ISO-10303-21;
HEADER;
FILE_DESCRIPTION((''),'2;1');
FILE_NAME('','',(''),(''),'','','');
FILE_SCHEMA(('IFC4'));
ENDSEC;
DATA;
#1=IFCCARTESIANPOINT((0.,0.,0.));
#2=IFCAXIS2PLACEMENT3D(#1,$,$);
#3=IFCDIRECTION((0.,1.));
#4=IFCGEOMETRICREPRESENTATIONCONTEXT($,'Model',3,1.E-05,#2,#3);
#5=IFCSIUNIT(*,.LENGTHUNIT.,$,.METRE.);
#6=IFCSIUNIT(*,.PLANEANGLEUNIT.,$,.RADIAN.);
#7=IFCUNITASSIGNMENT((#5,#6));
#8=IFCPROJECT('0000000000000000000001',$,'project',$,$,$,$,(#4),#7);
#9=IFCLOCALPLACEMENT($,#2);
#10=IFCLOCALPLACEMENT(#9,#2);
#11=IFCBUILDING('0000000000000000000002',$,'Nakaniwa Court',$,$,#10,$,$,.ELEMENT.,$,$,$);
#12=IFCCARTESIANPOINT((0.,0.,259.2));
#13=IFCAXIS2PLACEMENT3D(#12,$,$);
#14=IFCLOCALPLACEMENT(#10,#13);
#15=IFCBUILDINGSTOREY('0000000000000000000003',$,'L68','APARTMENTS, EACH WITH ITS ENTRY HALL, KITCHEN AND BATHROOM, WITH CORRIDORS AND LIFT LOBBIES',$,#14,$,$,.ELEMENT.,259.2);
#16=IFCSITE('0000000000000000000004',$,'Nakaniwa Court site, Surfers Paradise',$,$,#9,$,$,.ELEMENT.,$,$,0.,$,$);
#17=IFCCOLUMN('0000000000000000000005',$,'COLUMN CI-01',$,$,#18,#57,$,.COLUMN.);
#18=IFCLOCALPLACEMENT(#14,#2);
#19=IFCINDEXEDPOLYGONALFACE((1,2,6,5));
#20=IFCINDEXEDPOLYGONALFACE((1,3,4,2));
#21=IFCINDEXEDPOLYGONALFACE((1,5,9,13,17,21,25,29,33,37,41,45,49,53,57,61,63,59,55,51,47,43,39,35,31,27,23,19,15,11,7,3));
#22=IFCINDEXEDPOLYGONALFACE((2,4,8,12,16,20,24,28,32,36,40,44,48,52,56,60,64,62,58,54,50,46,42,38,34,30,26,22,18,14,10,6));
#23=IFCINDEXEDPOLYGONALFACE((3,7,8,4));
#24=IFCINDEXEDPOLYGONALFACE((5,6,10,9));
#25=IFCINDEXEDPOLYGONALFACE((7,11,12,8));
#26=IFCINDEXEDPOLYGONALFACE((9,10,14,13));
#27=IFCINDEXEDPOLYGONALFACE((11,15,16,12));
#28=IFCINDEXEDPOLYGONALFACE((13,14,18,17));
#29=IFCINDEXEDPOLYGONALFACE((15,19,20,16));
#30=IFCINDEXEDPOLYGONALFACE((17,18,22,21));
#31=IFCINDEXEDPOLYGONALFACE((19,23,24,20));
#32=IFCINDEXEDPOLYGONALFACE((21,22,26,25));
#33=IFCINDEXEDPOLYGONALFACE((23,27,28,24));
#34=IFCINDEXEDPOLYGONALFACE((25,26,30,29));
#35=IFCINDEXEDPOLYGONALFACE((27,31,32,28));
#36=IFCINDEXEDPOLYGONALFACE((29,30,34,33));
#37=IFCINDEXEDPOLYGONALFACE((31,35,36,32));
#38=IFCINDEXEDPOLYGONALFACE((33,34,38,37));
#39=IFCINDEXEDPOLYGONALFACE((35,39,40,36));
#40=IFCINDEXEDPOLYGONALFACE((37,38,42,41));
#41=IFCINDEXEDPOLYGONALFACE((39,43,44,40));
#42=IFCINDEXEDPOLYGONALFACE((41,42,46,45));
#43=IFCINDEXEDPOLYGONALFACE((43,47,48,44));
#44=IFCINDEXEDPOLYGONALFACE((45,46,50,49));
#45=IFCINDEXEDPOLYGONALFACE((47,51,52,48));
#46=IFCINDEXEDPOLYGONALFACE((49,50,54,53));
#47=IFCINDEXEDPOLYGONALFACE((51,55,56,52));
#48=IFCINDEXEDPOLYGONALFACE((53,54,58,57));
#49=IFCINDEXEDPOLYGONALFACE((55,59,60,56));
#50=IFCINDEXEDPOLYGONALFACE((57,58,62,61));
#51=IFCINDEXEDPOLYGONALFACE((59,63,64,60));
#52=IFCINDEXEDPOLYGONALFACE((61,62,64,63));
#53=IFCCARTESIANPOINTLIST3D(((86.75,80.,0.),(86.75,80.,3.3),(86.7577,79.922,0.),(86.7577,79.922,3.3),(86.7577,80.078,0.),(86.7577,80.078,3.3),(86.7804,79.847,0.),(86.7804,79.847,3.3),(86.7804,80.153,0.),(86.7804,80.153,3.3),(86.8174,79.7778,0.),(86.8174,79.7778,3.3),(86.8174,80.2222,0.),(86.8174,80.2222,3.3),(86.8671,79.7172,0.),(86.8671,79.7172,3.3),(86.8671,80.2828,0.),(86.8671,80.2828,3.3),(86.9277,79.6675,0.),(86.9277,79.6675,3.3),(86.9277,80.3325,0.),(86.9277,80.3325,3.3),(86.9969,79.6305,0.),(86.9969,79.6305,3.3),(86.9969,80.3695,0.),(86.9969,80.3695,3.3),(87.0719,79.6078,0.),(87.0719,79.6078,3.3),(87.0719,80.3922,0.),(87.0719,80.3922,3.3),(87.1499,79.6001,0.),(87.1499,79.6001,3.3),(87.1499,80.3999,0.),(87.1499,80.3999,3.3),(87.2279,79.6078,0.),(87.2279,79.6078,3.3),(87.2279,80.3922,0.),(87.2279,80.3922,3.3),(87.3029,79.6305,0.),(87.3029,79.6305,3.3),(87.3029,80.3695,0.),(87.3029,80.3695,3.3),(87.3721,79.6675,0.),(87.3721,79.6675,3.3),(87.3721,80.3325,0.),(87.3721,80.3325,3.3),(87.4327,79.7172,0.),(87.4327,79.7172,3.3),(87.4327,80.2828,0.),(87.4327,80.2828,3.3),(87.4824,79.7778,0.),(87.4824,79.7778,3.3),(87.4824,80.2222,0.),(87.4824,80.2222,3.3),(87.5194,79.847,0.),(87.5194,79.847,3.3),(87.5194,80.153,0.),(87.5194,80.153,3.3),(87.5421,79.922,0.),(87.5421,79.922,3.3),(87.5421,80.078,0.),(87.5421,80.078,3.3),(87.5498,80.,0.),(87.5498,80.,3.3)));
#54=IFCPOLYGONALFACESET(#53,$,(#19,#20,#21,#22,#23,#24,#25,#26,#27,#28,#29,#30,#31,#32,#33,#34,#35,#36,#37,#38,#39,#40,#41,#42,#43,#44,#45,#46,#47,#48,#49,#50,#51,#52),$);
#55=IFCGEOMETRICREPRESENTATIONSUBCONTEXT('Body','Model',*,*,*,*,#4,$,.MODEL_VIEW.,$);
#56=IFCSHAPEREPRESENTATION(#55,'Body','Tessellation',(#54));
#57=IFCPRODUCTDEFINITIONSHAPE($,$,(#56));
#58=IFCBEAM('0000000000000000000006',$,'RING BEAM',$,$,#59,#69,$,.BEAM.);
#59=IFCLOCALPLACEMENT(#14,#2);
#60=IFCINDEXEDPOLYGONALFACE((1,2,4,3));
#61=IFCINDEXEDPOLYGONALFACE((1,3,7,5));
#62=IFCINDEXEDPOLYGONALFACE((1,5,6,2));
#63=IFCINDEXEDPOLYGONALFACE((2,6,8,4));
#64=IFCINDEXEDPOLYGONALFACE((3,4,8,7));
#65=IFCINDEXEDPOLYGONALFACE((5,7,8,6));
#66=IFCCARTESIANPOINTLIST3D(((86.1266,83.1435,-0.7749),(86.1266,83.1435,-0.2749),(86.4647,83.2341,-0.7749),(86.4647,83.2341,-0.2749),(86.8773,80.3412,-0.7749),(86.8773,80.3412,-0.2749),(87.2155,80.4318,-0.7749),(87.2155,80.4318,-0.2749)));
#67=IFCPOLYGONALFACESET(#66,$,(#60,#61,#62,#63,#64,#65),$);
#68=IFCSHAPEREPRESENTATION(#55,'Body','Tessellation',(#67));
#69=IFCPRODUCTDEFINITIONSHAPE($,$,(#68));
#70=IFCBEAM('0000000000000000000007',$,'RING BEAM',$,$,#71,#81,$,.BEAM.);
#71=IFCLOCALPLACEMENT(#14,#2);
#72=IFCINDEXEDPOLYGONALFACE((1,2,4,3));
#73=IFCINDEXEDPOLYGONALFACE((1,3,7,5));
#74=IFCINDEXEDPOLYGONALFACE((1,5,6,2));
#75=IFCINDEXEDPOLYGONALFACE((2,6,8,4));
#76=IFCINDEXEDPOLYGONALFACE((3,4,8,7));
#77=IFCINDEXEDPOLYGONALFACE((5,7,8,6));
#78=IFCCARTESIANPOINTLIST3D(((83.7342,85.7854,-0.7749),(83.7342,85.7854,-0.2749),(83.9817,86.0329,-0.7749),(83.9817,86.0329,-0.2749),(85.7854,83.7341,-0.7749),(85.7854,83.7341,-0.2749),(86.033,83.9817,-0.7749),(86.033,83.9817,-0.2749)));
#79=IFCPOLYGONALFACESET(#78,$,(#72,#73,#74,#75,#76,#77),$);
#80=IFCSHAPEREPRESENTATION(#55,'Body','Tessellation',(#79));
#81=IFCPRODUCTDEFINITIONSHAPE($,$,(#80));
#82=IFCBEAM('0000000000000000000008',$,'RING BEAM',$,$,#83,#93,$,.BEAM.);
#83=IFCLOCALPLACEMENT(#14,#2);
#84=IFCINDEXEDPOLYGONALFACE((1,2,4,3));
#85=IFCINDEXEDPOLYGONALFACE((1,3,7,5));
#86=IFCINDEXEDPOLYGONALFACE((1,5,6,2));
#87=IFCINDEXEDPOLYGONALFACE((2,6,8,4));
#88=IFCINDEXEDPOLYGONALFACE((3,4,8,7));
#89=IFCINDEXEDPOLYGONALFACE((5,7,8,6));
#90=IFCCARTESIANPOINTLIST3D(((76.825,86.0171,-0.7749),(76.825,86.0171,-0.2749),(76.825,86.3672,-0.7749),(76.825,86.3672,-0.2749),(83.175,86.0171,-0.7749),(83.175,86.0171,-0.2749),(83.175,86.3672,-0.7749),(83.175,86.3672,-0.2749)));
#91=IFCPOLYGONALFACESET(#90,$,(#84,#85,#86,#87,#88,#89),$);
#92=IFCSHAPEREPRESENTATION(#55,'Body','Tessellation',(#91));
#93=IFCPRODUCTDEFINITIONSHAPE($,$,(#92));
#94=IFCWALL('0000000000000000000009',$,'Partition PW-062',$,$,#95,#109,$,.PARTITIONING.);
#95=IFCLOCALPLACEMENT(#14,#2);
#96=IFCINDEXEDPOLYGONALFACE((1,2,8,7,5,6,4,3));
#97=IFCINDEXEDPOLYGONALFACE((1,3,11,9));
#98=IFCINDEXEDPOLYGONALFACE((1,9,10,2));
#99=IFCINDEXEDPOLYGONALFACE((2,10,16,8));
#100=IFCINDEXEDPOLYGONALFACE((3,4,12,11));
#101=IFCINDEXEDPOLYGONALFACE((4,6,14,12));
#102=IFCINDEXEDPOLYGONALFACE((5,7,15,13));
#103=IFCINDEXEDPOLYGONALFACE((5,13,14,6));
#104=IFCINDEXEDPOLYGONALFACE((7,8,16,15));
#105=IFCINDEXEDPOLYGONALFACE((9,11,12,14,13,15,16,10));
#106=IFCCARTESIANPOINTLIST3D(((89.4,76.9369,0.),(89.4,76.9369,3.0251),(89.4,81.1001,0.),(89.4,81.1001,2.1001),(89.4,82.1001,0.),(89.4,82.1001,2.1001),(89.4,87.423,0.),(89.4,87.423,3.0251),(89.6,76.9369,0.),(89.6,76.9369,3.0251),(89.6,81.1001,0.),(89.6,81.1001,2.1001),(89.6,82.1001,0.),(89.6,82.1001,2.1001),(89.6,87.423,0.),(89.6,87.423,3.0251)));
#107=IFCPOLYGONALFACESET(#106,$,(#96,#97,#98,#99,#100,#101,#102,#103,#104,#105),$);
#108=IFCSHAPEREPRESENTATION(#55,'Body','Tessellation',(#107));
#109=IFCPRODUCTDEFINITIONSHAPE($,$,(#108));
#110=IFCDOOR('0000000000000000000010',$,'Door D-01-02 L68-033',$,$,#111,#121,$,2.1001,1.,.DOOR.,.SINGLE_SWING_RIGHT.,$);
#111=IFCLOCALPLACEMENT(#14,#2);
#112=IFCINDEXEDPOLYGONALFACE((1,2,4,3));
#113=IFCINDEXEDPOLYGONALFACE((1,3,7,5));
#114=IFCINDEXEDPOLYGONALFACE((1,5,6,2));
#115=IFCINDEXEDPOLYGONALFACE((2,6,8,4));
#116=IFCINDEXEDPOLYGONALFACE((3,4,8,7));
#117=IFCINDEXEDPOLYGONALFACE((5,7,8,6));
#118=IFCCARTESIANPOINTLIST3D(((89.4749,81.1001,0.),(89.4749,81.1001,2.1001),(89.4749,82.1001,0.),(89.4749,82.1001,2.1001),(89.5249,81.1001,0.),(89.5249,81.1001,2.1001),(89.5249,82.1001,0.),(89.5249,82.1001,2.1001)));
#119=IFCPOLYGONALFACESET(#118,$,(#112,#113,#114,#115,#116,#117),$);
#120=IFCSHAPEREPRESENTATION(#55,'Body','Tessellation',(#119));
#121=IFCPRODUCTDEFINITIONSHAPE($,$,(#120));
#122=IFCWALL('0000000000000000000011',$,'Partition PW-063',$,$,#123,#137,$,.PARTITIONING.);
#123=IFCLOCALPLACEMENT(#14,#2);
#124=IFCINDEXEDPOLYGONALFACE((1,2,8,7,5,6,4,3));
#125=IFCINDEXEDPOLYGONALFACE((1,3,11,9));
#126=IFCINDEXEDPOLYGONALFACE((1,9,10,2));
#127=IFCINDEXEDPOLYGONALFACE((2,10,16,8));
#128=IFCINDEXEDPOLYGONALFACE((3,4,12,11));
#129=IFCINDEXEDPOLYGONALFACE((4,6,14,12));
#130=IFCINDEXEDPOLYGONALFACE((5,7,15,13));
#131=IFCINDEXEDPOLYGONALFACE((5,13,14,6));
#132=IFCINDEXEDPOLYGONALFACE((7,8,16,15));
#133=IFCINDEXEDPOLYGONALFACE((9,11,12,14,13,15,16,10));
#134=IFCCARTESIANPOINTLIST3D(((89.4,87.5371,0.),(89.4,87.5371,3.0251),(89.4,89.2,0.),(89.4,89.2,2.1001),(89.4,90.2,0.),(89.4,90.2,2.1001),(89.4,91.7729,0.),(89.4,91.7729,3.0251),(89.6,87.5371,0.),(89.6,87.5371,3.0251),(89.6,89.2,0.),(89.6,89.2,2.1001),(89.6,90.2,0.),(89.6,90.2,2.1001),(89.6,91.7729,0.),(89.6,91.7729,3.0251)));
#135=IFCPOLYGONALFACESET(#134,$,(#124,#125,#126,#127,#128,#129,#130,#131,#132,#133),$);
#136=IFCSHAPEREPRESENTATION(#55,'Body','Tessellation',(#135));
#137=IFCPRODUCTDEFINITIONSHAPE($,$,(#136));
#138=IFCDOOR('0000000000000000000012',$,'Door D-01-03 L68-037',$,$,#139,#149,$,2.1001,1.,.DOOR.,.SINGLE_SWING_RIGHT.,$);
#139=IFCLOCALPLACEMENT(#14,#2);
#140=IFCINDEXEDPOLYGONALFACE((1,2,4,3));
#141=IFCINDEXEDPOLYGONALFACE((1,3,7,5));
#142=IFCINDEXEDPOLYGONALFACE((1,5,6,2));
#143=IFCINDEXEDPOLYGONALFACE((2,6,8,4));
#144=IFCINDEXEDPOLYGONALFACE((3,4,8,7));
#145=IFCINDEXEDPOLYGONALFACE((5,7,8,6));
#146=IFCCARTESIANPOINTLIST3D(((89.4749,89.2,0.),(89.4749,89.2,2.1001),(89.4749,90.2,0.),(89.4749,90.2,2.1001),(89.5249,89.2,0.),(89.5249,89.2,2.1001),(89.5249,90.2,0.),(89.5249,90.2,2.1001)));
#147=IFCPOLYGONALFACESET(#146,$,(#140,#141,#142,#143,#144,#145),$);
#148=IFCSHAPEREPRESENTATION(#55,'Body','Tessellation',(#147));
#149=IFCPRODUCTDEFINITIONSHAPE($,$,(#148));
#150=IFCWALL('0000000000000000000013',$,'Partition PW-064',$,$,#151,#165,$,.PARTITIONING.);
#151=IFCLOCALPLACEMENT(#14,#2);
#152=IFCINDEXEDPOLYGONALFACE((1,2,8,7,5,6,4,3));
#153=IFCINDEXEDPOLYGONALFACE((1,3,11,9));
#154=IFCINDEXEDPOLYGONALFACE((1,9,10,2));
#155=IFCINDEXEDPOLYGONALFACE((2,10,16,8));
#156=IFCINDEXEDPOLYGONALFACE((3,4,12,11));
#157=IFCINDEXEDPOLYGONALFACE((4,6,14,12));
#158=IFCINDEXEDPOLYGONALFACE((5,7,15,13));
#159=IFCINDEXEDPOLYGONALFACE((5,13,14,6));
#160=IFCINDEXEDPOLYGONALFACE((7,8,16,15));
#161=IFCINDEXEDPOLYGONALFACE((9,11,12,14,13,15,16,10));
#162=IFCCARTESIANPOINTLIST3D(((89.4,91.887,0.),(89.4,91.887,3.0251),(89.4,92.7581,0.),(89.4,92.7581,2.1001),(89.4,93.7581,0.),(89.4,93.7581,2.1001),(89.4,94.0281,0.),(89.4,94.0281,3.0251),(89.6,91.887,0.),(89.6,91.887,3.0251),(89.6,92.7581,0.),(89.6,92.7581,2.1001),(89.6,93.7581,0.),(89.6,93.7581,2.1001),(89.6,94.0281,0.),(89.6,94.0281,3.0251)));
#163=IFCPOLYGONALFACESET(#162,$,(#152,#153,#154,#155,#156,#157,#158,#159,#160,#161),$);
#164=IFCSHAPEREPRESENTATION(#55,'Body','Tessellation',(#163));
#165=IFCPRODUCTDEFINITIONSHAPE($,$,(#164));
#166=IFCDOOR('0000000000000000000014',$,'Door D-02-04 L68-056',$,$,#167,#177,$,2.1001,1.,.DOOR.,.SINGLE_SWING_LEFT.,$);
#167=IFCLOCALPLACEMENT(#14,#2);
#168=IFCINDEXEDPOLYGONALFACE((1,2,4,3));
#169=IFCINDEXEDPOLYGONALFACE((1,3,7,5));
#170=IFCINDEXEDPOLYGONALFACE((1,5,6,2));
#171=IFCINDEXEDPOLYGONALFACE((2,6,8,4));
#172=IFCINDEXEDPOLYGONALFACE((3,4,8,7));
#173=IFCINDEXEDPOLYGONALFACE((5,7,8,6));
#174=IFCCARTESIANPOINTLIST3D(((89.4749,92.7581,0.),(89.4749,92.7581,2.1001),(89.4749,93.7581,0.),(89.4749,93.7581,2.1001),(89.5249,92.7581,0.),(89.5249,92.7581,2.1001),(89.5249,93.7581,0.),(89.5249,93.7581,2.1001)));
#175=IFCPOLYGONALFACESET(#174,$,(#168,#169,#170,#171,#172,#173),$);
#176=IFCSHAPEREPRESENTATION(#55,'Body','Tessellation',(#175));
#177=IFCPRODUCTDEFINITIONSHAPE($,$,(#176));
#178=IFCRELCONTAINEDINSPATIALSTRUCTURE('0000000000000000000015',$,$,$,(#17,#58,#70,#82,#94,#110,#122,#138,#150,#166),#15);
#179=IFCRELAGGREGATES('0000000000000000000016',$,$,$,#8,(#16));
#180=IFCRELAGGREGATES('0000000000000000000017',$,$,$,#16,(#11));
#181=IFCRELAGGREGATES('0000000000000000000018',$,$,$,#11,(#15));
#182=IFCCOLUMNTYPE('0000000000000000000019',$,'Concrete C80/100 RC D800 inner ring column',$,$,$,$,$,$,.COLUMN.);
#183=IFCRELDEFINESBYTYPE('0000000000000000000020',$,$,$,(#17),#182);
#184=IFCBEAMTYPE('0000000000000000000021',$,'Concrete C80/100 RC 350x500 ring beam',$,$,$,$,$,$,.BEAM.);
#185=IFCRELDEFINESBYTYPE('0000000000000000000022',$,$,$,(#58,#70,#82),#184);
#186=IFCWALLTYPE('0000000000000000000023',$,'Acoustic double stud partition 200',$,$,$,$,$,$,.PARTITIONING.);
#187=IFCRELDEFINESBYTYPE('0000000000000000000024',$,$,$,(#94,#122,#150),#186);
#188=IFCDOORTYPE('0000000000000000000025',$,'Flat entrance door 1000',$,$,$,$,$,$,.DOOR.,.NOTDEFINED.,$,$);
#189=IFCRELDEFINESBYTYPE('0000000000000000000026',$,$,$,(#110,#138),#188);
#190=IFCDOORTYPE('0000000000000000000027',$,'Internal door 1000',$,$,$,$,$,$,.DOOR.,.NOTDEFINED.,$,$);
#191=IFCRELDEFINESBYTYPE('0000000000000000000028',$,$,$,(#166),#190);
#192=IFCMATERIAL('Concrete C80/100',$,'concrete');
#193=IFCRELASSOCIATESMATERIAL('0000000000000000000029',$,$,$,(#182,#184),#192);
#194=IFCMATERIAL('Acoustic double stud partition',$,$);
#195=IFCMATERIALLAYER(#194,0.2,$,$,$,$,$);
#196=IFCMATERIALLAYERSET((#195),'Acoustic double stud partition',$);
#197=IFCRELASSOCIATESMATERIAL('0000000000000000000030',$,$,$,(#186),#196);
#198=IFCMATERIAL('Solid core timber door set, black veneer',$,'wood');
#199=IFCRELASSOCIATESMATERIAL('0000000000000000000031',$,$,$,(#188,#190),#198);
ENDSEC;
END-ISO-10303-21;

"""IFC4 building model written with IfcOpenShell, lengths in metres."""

from ifc_helpers import new_model, si_unit, direction, frame, frame_2d, origin, origin_2d, place, context, subcontext, project, spatial, rectangle, circle, extrude, material, layer, layer_set, material_profile, profile_set, type_object, element, fill, save


model = new_model("IFC4")

# Units and contexts
model_context = context("Model", 3, precision=1e-05, world=origin(), true_north=direction((0.0, 1.0)))
body_context = subcontext(model_context, "Body", "Model", "MODEL_VIEW")
ifc_project = project(units=[si_unit("LENGTHUNIT", "METRE"), si_unit("PLANEANGLEUNIT", "RADIAN")], contexts=[model_context])

# Site, building, storey
site_placement = place(None, origin())
site = spatial("IfcSite", under=ifc_project, at=site_placement, Name="Nakaniwa Court site, Surfers Paradise", CompositionType="ELEMENT", RefElevation=0.0)
building_placement = place(site_placement, origin())
building = spatial("IfcBuilding", under=site, at=building_placement, Name="Nakaniwa Court", CompositionType="ELEMENT")
storey_placement = place(building_placement, frame((0.0, 0.0, 259.2)))
storey = spatial("IfcBuildingStorey", under=building, at=storey_placement, Name="L68", Description="APARTMENTS, EACH WITH ITS ENTRY HALL, KITCHEN AND BATHROOM, WITH CORRIDORS AND LIFT LOBBIES", CompositionType="ELEMENT", Elevation=259.2)

# Column
ifc_material_1 = material(Name="Concrete C80/100", Category="concrete")
ifc_material_profile_1 = material_profile(ifc_material_1, circle(Radius=0.3999, at=origin_2d()), Name="Concrete C80/100 RC D800 inner ring column")
ifc_profile_set_1 = profile_set([ifc_material_profile_1], Name="Concrete C80/100")
column_type = type_object("IfcColumnType", Name="Concrete C80/100 RC D800 inner ring column", PredefinedType="COLUMN", material=ifc_profile_set_1)
for number, where, z_axis, x_axis, name in (
    (1, (87.1499, 80.0, 0.0), (0.0, 0.0, 1.0), (0.0, 1.0, 0.0), "COLUMN CI-01"),
):
    element("IfcColumn", number, at=place(storey_placement, frame(where, z_axis=z_axis, x_axis=x_axis)), inside=storey, type_object=column_type, Name=name, PredefinedType="COLUMN", context=body_context, shape_type="SweptSolid", body=[
        extrude(circle(Radius=0.3999, at=origin_2d()), origin(), (0.0, 0.0, 1.0), 3.3),
    ])

# Beams
ifc_material_profile_2 = material_profile(ifc_material_1, rectangle(XDim=0.3501, YDim=0.5, at=origin_2d()), Name="Concrete C80/100 RC 350x500 ring beam")
ifc_profile_set_2 = profile_set([ifc_material_profile_2], Name="Concrete C80/100")
beam_type = type_object("IfcBeamType", Name="Concrete C80/100 RC 350x500 ring beam", PredefinedType="BEAM", material=ifc_profile_set_2)
beam_1_placement = place(storey_placement, frame((87.0464, 80.3865, -0.5249), z_axis=(-0.258778, 0.965937, 0.0), x_axis=(-0.965937, -0.258778, 0.0)))
element("IfcBeam", 2, at=beam_1_placement, inside=storey, type_object=beam_type, Name="RING BEAM", PredefinedType="BEAM", context=body_context, shape_type="SweptSolid", body=[
    extrude(rectangle(XDim=0.3501, YDim=0.5, at=origin_2d()), origin(), (0.0, 0.0, 1.0), 2.9011),
])
beam_2_placement = place(storey_placement, frame((85.9092, 83.8579, -0.5249), z_axis=(-0.707107, 0.707107, 0.0), x_axis=(-0.707107, -0.707107, 0.0)))
element("IfcBeam", 3, at=beam_2_placement, inside=storey, type_object=beam_type, Name="RING BEAM", PredefinedType="BEAM", context=body_context, shape_type="SweptSolid", body=[
    extrude(rectangle(XDim=0.3501, YDim=0.5, at=origin_2d()), origin(), (0.0, 0.0, 1.0), 2.9009),
])
beam_3_placement = place(storey_placement, frame((83.175, 86.1921, -0.5249), z_axis=(-1.0, 0.0, 0.0), x_axis=(0.0, -1.0, 0.0)))
element("IfcBeam", 4, at=beam_3_placement, inside=storey, type_object=beam_type, Name="RING BEAM", PredefinedType="BEAM", context=body_context, shape_type="SweptSolid", body=[
    extrude(rectangle(XDim=0.3501, YDim=0.5, at=origin_2d()), origin(), (0.0, 0.0, 1.0), 6.3501),
])

# Walls, openings, doors
ifc_material_2 = material(Name="Acoustic double stud partition")
ifc_layer_1 = layer(ifc_material_2, 0.2)
ifc_layer_set_1 = layer_set([ifc_layer_1], Name="Acoustic double stud partition")
wall_type_1 = type_object("IfcWallType", Name="Acoustic double stud partition 200", PredefinedType="PARTITIONING", material=ifc_layer_set_1)
wall_1_placement = place(storey_placement, frame((89.5, 87.4231, 0.0), z_axis=(0.0, 0.0, 1.0), x_axis=(0.0, -1.0, 0.0)))
wall_1 = element("IfcWall", 5, at=wall_1_placement, inside=storey, type_object=wall_type_1, Name="Partition PW-062", PredefinedType="PARTITIONING", context=body_context, shape_type="SweptSolid", body=[
    extrude(rectangle(XDim=10.4861, YDim=0.2, at=frame_2d((5.2432, 0.0))), origin(), (0.0, 0.0, 1.0), 3.0251),
])
opening_1_placement = place(wall_1_placement, frame((5.323, 0.0, 0.0)))
opening_1 = element("IfcOpeningElement", 6, at=opening_1_placement, cuts=wall_1, PredefinedType="OPENING", context=body_context, shape_type="SweptSolid", body=[
    extrude(rectangle(XDim=1.0, YDim=2.1001, at=frame_2d((0.5, 1.05))), frame((0.0, 0.1099, 0.0), z_axis=(0.0, -1.0, 0.0), x_axis=(1.0, 0.0, 0.0)), (0.0, 0.0, 1.0), 0.22),
])
ifc_material_3 = material(Name="Solid core timber door set, black veneer", Category="wood")
door_type_1 = type_object("IfcDoorType", Name="Flat entrance door 1000", OperationType="NOTDEFINED", PredefinedType="DOOR", material=ifc_material_3)
door_1_placement = place(opening_1_placement, origin())
door_1 = element("IfcDoor", 7, at=door_1_placement, inside=storey, type_object=door_type_1, Name="Door D-01-02 L68-033", OperationType="SINGLE_SWING_RIGHT", OverallHeight=2.1001, OverallWidth=1.0, PredefinedType="DOOR", context=body_context, shape_type="SweptSolid", body=[
    extrude(rectangle(XDim=1.0, YDim=2.1001, at=frame_2d((0.5, 1.05))), frame((0.0, 0.0249, 0.0), z_axis=(0.0, -1.0, 0.0), x_axis=(1.0, 0.0, 0.0)), (0.0, 0.0, 1.0), 0.05),
])
fill(opening_1, door_1)
wall_2_placement = place(storey_placement, frame((89.5, 91.7729, 0.0), z_axis=(0.0, 0.0, 1.0), x_axis=(0.0, -1.0, 0.0)))
wall_2 = element("IfcWall", 8, at=wall_2_placement, inside=storey, type_object=wall_type_1, Name="Partition PW-063", PredefinedType="PARTITIONING", context=body_context, shape_type="SweptSolid", body=[
    extrude(rectangle(XDim=4.2358, YDim=0.2, at=frame_2d((2.1179, 0.0))), origin(), (0.0, 0.0, 1.0), 3.0251),
])
opening_2_placement = place(wall_2_placement, frame((1.573, 0.0, 0.0)))
opening_2 = element("IfcOpeningElement", 9, at=opening_2_placement, cuts=wall_2, PredefinedType="OPENING", context=body_context, shape_type="SweptSolid", body=[
    extrude(rectangle(XDim=1.0, YDim=2.1001, at=frame_2d((0.5, 1.05))), frame((0.0, 0.1099, 0.0), z_axis=(0.0, -1.0, 0.0), x_axis=(1.0, 0.0, 0.0)), (0.0, 0.0, 1.0), 0.22),
])
door_2_placement = place(opening_2_placement, origin())
door_2 = element("IfcDoor", 10, at=door_2_placement, inside=storey, type_object=door_type_1, Name="Door D-01-03 L68-037", OperationType="SINGLE_SWING_RIGHT", OverallHeight=2.1001, OverallWidth=1.0, PredefinedType="DOOR", context=body_context, shape_type="SweptSolid", body=[
    extrude(rectangle(XDim=1.0, YDim=2.1001, at=frame_2d((0.5, 1.05))), frame((0.0, 0.0249, 0.0), z_axis=(0.0, -1.0, 0.0), x_axis=(1.0, 0.0, 0.0)), (0.0, 0.0, 1.0), 0.05),
])
fill(opening_2, door_2)
wall_3_placement = place(storey_placement, frame((89.5, 94.0281, 0.0), z_axis=(0.0, 0.0, 1.0), x_axis=(0.0, -1.0, 0.0)))
wall_3 = element("IfcWall", 11, at=wall_3_placement, inside=storey, type_object=wall_type_1, Name="Partition PW-064", PredefinedType="PARTITIONING", context=body_context, shape_type="SweptSolid", body=[
    extrude(rectangle(XDim=2.1411, YDim=0.2, at=frame_2d((1.0706, 0.0))), origin(), (0.0, 0.0, 1.0), 3.0251),
])
opening_3_placement = place(wall_3_placement, frame((0.27, 0.0, 0.0)))
opening_3 = element("IfcOpeningElement", 12, at=opening_3_placement, cuts=wall_3, PredefinedType="OPENING", context=body_context, shape_type="SweptSolid", body=[
    extrude(rectangle(XDim=1.0, YDim=2.1001, at=frame_2d((0.5, 1.05))), frame((0.0, 0.1099, 0.0), z_axis=(0.0, -1.0, 0.0), x_axis=(1.0, 0.0, 0.0)), (0.0, 0.0, 1.0), 0.22),
])
door_type_2 = type_object("IfcDoorType", Name="Internal door 1000", OperationType="NOTDEFINED", PredefinedType="DOOR", material=ifc_material_3)
door_3_placement = place(opening_3_placement, origin())
door_3 = element("IfcDoor", 13, at=door_3_placement, inside=storey, type_object=door_type_2, Name="Door D-02-04 L68-056", OperationType="SINGLE_SWING_LEFT", OverallHeight=2.1001, OverallWidth=1.0, PredefinedType="DOOR", context=body_context, shape_type="SweptSolid", body=[
    extrude(rectangle(XDim=1.0, YDim=2.1001, at=frame_2d((0.5, 1.05))), frame((0.0, 0.0249, 0.0), z_axis=(0.0, -1.0, 0.0), x_axis=(1.0, 0.0, 0.0)), (0.0, 0.0, 1.0), 0.05),
])
fill(opening_3, door_3)

save(model, "model.ifc")
